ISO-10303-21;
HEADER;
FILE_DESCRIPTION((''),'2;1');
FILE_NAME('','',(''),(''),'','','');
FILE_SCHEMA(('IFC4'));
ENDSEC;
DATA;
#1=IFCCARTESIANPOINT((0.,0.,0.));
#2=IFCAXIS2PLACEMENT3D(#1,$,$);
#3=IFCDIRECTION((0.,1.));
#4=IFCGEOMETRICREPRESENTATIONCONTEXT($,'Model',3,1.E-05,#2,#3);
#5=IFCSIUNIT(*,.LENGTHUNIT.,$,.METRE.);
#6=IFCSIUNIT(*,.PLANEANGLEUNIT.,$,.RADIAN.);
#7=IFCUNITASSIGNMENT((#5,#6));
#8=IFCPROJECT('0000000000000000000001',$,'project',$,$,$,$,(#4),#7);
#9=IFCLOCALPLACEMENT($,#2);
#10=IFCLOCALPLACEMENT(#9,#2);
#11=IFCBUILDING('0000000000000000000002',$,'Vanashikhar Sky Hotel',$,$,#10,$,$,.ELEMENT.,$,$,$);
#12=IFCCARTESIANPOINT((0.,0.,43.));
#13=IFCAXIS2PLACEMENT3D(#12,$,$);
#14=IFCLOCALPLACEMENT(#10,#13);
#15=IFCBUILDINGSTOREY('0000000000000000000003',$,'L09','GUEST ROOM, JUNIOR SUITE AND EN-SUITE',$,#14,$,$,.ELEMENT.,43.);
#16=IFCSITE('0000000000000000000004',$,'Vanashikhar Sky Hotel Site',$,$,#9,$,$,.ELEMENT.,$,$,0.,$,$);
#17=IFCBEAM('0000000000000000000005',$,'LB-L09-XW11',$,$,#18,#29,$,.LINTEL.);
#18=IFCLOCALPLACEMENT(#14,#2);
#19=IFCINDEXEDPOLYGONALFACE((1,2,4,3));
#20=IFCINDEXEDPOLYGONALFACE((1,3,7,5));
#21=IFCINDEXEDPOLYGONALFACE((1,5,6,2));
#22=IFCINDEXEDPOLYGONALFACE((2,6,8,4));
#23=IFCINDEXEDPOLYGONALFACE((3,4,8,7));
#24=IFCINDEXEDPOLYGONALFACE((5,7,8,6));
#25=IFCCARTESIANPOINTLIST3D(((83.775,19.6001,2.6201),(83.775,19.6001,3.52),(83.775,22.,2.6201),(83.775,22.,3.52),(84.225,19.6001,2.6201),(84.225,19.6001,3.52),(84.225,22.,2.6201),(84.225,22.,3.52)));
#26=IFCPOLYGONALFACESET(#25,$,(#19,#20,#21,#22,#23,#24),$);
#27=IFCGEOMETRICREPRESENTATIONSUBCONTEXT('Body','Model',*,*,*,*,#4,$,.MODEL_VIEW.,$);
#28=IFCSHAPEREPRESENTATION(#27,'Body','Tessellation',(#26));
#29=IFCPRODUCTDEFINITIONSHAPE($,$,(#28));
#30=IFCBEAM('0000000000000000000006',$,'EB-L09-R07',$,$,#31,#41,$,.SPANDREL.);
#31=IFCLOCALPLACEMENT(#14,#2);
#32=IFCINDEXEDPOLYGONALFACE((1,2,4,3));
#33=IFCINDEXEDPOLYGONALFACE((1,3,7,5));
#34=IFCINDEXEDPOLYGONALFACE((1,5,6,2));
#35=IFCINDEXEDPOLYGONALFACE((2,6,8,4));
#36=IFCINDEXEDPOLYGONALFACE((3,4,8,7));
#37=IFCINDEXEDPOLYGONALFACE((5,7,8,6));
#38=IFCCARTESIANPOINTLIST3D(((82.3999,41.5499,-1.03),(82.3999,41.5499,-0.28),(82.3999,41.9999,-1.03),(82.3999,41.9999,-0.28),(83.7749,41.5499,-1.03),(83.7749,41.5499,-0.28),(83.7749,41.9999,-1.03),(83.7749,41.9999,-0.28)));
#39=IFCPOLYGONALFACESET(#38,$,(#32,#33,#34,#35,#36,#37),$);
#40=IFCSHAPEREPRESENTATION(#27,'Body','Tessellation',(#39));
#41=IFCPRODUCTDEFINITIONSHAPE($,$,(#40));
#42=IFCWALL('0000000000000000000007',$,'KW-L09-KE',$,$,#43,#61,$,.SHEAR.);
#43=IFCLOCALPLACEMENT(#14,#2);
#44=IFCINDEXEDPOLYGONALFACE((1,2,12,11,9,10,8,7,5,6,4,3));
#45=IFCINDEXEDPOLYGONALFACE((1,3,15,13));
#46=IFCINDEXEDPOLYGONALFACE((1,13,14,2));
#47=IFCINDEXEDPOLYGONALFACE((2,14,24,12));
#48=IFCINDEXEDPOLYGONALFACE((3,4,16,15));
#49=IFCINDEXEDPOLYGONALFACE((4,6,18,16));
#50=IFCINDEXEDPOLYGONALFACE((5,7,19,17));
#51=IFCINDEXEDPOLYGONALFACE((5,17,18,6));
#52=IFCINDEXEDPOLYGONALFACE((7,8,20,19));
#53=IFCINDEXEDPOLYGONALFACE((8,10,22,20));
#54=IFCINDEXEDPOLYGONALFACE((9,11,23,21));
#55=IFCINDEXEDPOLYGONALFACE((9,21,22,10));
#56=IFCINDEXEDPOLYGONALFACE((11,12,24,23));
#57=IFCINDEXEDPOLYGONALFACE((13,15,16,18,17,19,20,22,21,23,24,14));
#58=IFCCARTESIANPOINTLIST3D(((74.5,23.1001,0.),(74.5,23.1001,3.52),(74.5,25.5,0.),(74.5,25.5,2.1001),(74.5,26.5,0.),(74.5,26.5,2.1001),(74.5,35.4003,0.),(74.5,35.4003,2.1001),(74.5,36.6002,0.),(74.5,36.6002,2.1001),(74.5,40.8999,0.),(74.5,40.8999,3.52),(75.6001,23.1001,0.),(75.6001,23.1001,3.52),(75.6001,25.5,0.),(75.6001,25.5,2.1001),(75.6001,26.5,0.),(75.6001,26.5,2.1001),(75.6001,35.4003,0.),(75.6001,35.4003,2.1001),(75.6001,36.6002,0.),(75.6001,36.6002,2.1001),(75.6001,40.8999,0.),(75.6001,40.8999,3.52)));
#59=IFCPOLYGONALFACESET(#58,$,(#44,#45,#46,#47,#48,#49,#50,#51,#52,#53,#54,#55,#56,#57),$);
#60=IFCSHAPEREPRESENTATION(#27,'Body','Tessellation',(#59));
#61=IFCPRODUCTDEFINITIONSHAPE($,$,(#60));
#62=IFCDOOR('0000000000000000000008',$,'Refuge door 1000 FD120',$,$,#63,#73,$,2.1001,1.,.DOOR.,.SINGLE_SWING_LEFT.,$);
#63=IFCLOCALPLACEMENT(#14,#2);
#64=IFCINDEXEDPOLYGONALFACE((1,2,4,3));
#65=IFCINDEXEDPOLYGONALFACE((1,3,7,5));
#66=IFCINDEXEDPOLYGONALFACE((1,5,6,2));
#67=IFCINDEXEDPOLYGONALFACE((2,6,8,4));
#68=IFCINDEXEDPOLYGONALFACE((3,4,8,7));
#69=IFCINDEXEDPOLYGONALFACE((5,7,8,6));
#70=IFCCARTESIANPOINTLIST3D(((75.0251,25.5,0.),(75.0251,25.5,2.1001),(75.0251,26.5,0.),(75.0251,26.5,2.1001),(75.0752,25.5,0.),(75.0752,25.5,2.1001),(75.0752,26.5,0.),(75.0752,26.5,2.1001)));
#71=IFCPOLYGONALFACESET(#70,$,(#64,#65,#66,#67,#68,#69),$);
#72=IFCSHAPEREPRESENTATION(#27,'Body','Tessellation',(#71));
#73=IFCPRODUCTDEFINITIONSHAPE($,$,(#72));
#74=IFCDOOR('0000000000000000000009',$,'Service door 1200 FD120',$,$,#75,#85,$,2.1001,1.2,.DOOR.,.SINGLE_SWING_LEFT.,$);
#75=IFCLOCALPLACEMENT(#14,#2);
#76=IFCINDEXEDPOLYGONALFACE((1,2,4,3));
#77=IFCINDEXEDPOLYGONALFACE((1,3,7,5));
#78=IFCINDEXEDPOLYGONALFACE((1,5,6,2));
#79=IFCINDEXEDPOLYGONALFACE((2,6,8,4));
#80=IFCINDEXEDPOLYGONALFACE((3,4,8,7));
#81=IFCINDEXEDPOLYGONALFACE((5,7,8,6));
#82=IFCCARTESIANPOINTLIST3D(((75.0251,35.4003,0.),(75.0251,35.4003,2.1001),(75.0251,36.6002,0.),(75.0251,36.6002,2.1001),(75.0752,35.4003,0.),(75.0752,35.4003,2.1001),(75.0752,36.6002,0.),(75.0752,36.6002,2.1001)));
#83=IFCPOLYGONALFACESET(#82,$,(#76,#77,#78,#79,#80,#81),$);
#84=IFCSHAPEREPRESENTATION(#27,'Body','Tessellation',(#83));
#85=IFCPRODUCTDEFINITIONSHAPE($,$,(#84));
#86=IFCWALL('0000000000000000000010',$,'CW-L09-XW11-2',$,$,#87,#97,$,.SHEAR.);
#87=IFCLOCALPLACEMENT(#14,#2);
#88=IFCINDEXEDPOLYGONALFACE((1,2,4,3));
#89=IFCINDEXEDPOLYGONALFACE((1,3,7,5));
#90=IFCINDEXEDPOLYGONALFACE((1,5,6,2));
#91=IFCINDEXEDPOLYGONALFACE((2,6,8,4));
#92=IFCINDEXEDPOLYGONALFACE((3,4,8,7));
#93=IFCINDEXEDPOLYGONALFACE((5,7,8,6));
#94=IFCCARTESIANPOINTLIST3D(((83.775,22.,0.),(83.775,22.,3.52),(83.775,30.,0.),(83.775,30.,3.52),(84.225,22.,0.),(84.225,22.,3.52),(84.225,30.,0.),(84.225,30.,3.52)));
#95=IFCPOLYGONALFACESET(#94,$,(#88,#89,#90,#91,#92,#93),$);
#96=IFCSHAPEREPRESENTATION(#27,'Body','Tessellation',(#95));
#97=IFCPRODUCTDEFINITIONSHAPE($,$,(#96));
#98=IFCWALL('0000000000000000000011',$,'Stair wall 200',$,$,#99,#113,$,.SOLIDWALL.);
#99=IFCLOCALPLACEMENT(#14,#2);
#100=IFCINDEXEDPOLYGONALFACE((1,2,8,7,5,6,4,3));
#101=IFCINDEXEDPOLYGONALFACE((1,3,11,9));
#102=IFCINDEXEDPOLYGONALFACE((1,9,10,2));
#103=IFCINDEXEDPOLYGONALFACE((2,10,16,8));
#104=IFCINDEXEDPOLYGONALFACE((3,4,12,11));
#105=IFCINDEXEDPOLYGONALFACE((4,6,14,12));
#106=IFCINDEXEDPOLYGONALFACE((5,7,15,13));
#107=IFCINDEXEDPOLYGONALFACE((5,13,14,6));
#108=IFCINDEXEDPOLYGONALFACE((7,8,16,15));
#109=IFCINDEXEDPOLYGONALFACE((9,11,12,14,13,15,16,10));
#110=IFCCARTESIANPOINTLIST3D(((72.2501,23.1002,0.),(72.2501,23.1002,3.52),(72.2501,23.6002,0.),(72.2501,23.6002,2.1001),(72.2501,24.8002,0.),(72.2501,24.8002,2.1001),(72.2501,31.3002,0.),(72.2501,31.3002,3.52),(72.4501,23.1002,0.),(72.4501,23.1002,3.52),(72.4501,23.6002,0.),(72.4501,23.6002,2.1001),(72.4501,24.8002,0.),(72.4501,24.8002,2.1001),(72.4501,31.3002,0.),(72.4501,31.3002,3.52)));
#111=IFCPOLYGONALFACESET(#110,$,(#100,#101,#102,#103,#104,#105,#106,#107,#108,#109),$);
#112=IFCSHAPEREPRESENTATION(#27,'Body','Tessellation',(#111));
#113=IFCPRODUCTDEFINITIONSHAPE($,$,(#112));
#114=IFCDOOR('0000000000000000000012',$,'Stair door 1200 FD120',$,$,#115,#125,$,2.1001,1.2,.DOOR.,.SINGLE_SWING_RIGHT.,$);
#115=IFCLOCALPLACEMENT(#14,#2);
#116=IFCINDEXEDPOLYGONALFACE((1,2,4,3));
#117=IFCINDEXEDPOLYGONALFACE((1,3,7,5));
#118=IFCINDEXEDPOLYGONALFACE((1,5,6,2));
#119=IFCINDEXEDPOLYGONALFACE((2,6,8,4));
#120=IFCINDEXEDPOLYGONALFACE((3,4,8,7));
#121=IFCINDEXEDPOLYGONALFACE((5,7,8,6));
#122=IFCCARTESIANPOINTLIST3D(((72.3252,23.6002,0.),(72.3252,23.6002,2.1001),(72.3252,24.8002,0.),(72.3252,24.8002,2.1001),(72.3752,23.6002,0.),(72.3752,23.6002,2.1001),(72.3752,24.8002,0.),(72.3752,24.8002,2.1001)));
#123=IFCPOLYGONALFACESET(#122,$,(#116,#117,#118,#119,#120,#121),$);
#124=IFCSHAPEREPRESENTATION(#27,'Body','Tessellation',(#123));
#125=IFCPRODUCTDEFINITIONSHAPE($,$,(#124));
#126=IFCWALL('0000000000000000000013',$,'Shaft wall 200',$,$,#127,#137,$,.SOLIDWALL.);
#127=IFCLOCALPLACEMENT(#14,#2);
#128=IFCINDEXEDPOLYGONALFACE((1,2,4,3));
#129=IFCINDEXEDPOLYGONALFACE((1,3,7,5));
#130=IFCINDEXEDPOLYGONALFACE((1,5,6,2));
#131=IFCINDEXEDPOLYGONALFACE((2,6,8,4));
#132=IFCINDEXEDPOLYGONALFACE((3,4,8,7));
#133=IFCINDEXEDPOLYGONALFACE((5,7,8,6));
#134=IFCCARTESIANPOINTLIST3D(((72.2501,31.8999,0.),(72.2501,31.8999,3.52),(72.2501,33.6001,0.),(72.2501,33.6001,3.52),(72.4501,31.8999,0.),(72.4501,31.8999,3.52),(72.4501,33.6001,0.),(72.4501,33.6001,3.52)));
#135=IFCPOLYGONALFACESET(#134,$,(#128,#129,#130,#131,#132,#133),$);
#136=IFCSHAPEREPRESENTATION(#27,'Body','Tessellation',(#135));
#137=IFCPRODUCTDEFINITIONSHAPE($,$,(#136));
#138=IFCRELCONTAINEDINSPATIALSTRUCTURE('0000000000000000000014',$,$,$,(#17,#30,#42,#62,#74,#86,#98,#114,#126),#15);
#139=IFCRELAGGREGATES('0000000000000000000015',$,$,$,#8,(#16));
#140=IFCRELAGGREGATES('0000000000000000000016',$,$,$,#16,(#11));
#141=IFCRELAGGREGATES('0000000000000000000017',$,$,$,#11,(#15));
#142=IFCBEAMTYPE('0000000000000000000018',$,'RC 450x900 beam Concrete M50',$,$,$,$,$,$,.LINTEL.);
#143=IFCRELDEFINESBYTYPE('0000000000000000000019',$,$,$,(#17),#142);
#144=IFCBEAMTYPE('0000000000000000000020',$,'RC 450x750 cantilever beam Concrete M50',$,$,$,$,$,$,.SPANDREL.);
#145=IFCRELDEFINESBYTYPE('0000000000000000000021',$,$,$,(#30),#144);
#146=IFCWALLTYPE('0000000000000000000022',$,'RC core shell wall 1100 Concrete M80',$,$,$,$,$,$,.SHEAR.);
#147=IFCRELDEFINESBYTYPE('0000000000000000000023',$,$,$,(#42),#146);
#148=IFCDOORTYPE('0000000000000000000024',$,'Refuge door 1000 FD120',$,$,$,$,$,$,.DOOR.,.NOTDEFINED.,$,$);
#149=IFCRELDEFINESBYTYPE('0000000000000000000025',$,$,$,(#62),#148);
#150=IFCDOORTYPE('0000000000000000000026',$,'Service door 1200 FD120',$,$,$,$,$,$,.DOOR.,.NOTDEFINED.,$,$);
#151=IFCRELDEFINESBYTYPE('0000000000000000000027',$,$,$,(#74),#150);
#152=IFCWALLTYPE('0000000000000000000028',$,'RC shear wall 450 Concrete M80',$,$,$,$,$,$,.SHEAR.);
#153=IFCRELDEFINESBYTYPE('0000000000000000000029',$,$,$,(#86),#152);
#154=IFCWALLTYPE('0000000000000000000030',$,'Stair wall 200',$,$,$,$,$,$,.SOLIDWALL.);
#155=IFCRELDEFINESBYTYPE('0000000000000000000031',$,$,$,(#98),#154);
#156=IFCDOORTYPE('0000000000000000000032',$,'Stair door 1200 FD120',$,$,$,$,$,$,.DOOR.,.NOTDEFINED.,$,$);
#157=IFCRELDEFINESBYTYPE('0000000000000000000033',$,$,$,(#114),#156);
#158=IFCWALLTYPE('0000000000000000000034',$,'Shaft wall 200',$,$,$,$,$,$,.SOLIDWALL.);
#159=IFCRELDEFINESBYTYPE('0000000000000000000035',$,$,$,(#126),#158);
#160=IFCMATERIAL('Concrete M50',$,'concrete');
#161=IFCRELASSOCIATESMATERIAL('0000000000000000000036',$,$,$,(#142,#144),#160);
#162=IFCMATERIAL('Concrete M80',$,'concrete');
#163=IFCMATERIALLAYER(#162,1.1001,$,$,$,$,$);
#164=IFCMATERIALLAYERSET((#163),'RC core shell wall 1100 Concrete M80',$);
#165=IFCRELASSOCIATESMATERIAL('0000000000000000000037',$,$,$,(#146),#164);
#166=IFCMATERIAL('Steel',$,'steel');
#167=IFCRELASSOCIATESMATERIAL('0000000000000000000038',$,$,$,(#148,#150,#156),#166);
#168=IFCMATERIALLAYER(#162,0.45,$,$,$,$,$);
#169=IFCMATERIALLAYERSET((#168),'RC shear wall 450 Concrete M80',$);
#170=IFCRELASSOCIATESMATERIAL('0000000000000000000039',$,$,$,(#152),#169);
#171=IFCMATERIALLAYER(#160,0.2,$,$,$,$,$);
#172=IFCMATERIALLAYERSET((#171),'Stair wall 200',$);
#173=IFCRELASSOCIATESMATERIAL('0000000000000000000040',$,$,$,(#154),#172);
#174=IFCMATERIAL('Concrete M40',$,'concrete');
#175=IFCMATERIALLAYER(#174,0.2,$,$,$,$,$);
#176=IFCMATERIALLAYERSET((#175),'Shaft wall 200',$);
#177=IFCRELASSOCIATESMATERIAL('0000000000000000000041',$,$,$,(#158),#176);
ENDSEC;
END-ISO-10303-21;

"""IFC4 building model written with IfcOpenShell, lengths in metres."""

from ifc_helpers import new_model, si_unit, direction, frame, frame_2d, origin, origin_2d, place, context, subcontext, project, spatial, rectangle, extrude, source, transform, mapped, material, layer, layer_set, material_profile, profile_set, type_object, element, fill, save


model = new_model("IFC4")

# Units and contexts
model_context = context("Model", 3, precision=1e-05, world=origin(), true_north=direction((0.0, 1.0)))
body_context = subcontext(model_context, "Body", "Model", "MODEL_VIEW")
ifc_project = project(units=[si_unit("LENGTHUNIT", "METRE"), si_unit("PLANEANGLEUNIT", "RADIAN")], contexts=[model_context])

# Site, building, storey
site_placement = place(None, origin())
site = spatial("IfcSite", under=ifc_project, at=site_placement, Name="Vanashikhar Sky Hotel Site", CompositionType="ELEMENT", RefElevation=0.0)
building_placement = place(site_placement, origin())
building = spatial("IfcBuilding", under=site, at=building_placement, Name="Vanashikhar Sky Hotel", CompositionType="ELEMENT")
storey_placement = place(building_placement, frame((0.0, 0.0, 43.0)))
storey = spatial("IfcBuildingStorey", under=building, at=storey_placement, Name="L09", Description="GUEST ROOM, JUNIOR SUITE AND EN-SUITE", CompositionType="ELEMENT", Elevation=43.0)

# Beams
ifc_material_1 = material(Name="Concrete M50", Category="concrete")
ifc_material_profile_1 = material_profile(ifc_material_1, rectangle(XDim=0.45, YDim=0.8999, at=origin_2d()))
ifc_profile_set_1 = profile_set([ifc_material_profile_1], Name="RC 450x900 beam Concrete M50")
beam_type_1 = type_object("IfcBeamType", Name="RC 450x900 beam Concrete M50", PredefinedType="LINTEL", material=ifc_profile_set_1)
shared_shape_1 = source(origin(), body_context, "Body", "SweptSolid", [
    extrude(rectangle(XDim=0.45, YDim=0.8999, at=origin_2d()), origin(), (0.0, 0.0, 1.0), 2.3999),
])
beam_1_placement = place(storey_placement, frame((84.0, 19.6001, 3.0701), z_axis=(0.0, 1.0, 0.0), x_axis=(-1.0, 0.0, 0.0)))
element("IfcBeam", 1, at=beam_1_placement, inside=storey, type_object=beam_type_1, Name="LB-L09-XW11", PredefinedType="LINTEL", context=body_context, shape_type="MappedRepresentation", body=[
    mapped(shared_shape_1, transform((0.0, 0.0, 0.0), scale=1.0)),
])
ifc_material_profile_2 = material_profile(ifc_material_1, rectangle(XDim=0.45, YDim=0.75, at=origin_2d()))
ifc_profile_set_2 = profile_set([ifc_material_profile_2], Name="RC 450x750 cantilever beam Concrete M50")
beam_type_2 = type_object("IfcBeamType", Name="RC 450x750 cantilever beam Concrete M50", PredefinedType="SPANDREL", material=ifc_profile_set_2)
shared_shape_2 = source(origin(), body_context, "Body", "SweptSolid", [
    extrude(rectangle(XDim=0.45, YDim=0.75, at=origin_2d()), origin(), (0.0, 0.0, 1.0), 1.375),
])
beam_2_placement = place(storey_placement, frame((82.3999, 41.7749, -0.655), z_axis=(1.0, 0.0, 0.0), x_axis=(0.0, 1.0, 0.0)))
element("IfcBeam", 2, at=beam_2_placement, inside=storey, type_object=beam_type_2, Name="EB-L09-R07", PredefinedType="SPANDREL", context=body_context, shape_type="MappedRepresentation", body=[
    mapped(shared_shape_2, transform((0.0, 0.0, 0.0), scale=1.0)),
])

# Wall, openings, doors
ifc_material_2 = material(Name="Concrete M80", Category="concrete")
ifc_layer_1 = layer(ifc_material_2, 1.1001)
ifc_layer_set_1 = layer_set([ifc_layer_1], Name="RC core shell wall 1100 Concrete M80")
wall_type_1 = type_object("IfcWallType", Name="RC core shell wall 1100 Concrete M80", PredefinedType="SHEAR", material=ifc_layer_set_1)
shared_shape_3 = source(origin(), body_context, "Body", "SweptSolid", [
    extrude(rectangle(XDim=17.7998, YDim=1.1001, at=frame_2d((8.8999, 0.0))), origin(), (0.0, 0.0, 1.0), 3.52),
])
wall_1_placement = place(storey_placement, frame((75.05, 23.1001, 0.0), z_axis=(0.0, 0.0, 1.0), x_axis=(0.0, 1.0, 0.0)))
wall_1 = element("IfcWall", 3, at=wall_1_placement, inside=storey, type_object=wall_type_1, Name="KW-L09-KE", PredefinedType="SHEAR", context=body_context, shape_type="MappedRepresentation", body=[
    mapped(shared_shape_3, transform((0.0, 0.0, 0.0), scale=1.0)),
])
shared_shape_4 = source(origin(), body_context, "Body", "SweptSolid", [
    extrude(rectangle(XDim=1.0, YDim=2.1001, at=frame_2d((0.5, 1.05))), frame((0.0, 0.5601, 0.0), z_axis=(0.0, -1.0, 0.0), x_axis=(1.0, 0.0, 0.0)), (0.0, 0.0, 1.0), 1.1201),
])
opening_1_placement = place(wall_1_placement, frame((2.3999, 0.0, 0.0)))
opening_1 = element("IfcOpeningElement", 4, at=opening_1_placement, cuts=wall_1, PredefinedType="OPENING", context=body_context, shape_type="MappedRepresentation", body=[
    mapped(shared_shape_4, transform((0.0, 0.0, 0.0), scale=1.0)),
])
shared_shape_5 = source(origin(), body_context, "Body", "SweptSolid", [
    extrude(rectangle(XDim=1.2, YDim=2.1001, at=frame_2d((0.6001, 1.05))), frame((0.0, 0.5601, 0.0), z_axis=(0.0, -1.0, 0.0), x_axis=(1.0, 0.0, 0.0)), (0.0, 0.0, 1.0), 1.1201),
])
opening_2_placement = place(wall_1_placement, frame((12.3, 0.0, 0.0)))
opening_2 = element("IfcOpeningElement", 5, at=opening_2_placement, cuts=wall_1, PredefinedType="OPENING", context=body_context, shape_type="MappedRepresentation", body=[
    mapped(shared_shape_5, transform((0.0, 0.0, 0.0), scale=1.0)),
])
ifc_material_3 = material(Name="Steel", Category="steel")
door_type_1 = type_object("IfcDoorType", Name="Refuge door 1000 FD120", OperationType="NOTDEFINED", PredefinedType="DOOR", material=ifc_material_3)
shared_shape_6 = source(origin(), body_context, "Body", "SweptSolid", [
    extrude(rectangle(XDim=1.0, YDim=2.1001, at=frame_2d((0.5, 1.05))), frame((0.0, 0.0249, 0.0), z_axis=(0.0, -1.0, 0.0), x_axis=(1.0, 0.0, 0.0)), (0.0, 0.0, 1.0), 0.05),
])
door_1_placement = place(opening_1_placement, origin())
door_1 = element("IfcDoor", 6, at=door_1_placement, inside=storey, type_object=door_type_1, Name="Refuge door 1000 FD120", OperationType="SINGLE_SWING_LEFT", OverallHeight=2.1001, OverallWidth=1.0, PredefinedType="DOOR", context=body_context, shape_type="MappedRepresentation", body=[
    mapped(shared_shape_6, transform((0.0, 0.0, 0.0), scale=1.0)),
])
fill(opening_1, door_1)
door_type_2 = type_object("IfcDoorType", Name="Service door 1200 FD120", OperationType="NOTDEFINED", PredefinedType="DOOR", material=ifc_material_3)
shared_shape_7 = source(origin(), body_context, "Body", "SweptSolid", [
    extrude(rectangle(XDim=1.2, YDim=2.1001, at=frame_2d((0.6001, 1.05))), frame((0.0, 0.0249, 0.0), z_axis=(0.0, -1.0, 0.0), x_axis=(1.0, 0.0, 0.0)), (0.0, 0.0, 1.0), 0.05),
])
door_2_placement = place(opening_2_placement, origin())
door_2 = element("IfcDoor", 7, at=door_2_placement, inside=storey, type_object=door_type_2, Name="Service door 1200 FD120", OperationType="SINGLE_SWING_LEFT", OverallHeight=2.1001, OverallWidth=1.2, PredefinedType="DOOR", context=body_context, shape_type="MappedRepresentation", body=[
    mapped(shared_shape_7, transform((0.0, 0.0, 0.0), scale=1.0)),
])
fill(opening_2, door_2)

# Wall
ifc_layer_2 = layer(ifc_material_2, 0.45)
ifc_layer_set_2 = layer_set([ifc_layer_2], Name="RC shear wall 450 Concrete M80")
wall_type_2 = type_object("IfcWallType", Name="RC shear wall 450 Concrete M80", PredefinedType="SHEAR", material=ifc_layer_set_2)
shared_shape_8 = source(origin(), body_context, "Body", "SweptSolid", [
    extrude(rectangle(XDim=8.0, YDim=0.45, at=frame_2d((4.0, 0.0))), origin(), (0.0, 0.0, 1.0), 3.52),
])
wall_2_placement = place(storey_placement, frame((84.0, 22.0, 0.0), z_axis=(0.0, 0.0, 1.0), x_axis=(0.0, 1.0, 0.0)))
element("IfcWall", 8, at=wall_2_placement, inside=storey, type_object=wall_type_2, Name="CW-L09-XW11-2", PredefinedType="SHEAR", context=body_context, shape_type="MappedRepresentation", body=[
    mapped(shared_shape_8, transform((0.0, 0.0, 0.0), scale=1.0)),
])

# Wall, opening, door
ifc_layer_3 = layer(ifc_material_1, 0.2)
ifc_layer_set_3 = layer_set([ifc_layer_3], Name="Stair wall 200")
wall_type_3 = type_object("IfcWallType", Name="Stair wall 200", PredefinedType="SOLIDWALL", material=ifc_layer_set_3)
shared_shape_9 = source(origin(), body_context, "Body", "SweptSolid", [
    extrude(rectangle(XDim=8.2, YDim=0.2, at=frame_2d((4.1001, 0.0))), origin(), (0.0, 0.0, 1.0), 3.52),
])
wall_3_placement = place(storey_placement, frame((72.3501, 23.1001, 0.0), z_axis=(0.0, 0.0, 1.0), x_axis=(0.0, 1.0, 0.0)))
wall_3 = element("IfcWall", 9, at=wall_3_placement, inside=storey, type_object=wall_type_3, Name="Stair wall 200", PredefinedType="SOLIDWALL", context=body_context, shape_type="MappedRepresentation", body=[
    mapped(shared_shape_9, transform((0.0, 0.0, 0.0), scale=1.0)),
])
shared_shape_10 = source(origin(), body_context, "Body", "SweptSolid", [
    extrude(rectangle(XDim=1.2, YDim=2.1001, at=frame_2d((0.6001, 1.05))), frame((0.0, 0.1099, 0.0), z_axis=(0.0, -1.0, 0.0), x_axis=(1.0, 0.0, 0.0)), (0.0, 0.0, 1.0), 0.22),
])
opening_3_placement = place(wall_3_placement, frame((0.5, 0.0, 0.0)))
opening_3 = element("IfcOpeningElement", 10, at=opening_3_placement, cuts=wall_3, PredefinedType="OPENING", context=body_context, shape_type="MappedRepresentation", body=[
    mapped(shared_shape_10, transform((0.0, 0.0, 0.0), scale=1.0)),
])
door_type_3 = type_object("IfcDoorType", Name="Stair door 1200 FD120", OperationType="NOTDEFINED", PredefinedType="DOOR", material=ifc_material_3)
door_3_placement = place(opening_3_placement, origin())
door_3 = element("IfcDoor", 11, at=door_3_placement, inside=storey, type_object=door_type_3, Name="Stair door 1200 FD120", OperationType="SINGLE_SWING_RIGHT", OverallHeight=2.1001, OverallWidth=1.2, PredefinedType="DOOR", context=body_context, shape_type="MappedRepresentation", body=[
    mapped(shared_shape_7, transform((0.0, 0.0, 0.0), scale=1.0)),
])
fill(opening_3, door_3)

# Wall
ifc_material_4 = material(Name="Concrete M40", Category="concrete")
ifc_layer_4 = layer(ifc_material_4, 0.2)
ifc_layer_set_4 = layer_set([ifc_layer_4], Name="Shaft wall 200")
wall_type_4 = type_object("IfcWallType", Name="Shaft wall 200", PredefinedType="SOLIDWALL", material=ifc_layer_set_4)
shared_shape_11 = source(origin(), body_context, "Body", "SweptSolid", [
    extrude(rectangle(XDim=1.7002, YDim=0.2, at=frame_2d((0.8501, 0.0))), origin(), (0.0, 0.0, 1.0), 3.52),
])
wall_4_placement = place(storey_placement, frame((72.3501, 31.8999, 0.0), z_axis=(0.0, 0.0, 1.0), x_axis=(0.0, 1.0, 0.0)))
element("IfcWall", 12, at=wall_4_placement, inside=storey, type_object=wall_type_4, Name="Shaft wall 200", PredefinedType="SOLIDWALL", context=body_context, shape_type="MappedRepresentation", body=[
    mapped(shared_shape_11, transform((0.0, 0.0, 0.0), scale=1.0)),
])

save(model, "model.ifc")
